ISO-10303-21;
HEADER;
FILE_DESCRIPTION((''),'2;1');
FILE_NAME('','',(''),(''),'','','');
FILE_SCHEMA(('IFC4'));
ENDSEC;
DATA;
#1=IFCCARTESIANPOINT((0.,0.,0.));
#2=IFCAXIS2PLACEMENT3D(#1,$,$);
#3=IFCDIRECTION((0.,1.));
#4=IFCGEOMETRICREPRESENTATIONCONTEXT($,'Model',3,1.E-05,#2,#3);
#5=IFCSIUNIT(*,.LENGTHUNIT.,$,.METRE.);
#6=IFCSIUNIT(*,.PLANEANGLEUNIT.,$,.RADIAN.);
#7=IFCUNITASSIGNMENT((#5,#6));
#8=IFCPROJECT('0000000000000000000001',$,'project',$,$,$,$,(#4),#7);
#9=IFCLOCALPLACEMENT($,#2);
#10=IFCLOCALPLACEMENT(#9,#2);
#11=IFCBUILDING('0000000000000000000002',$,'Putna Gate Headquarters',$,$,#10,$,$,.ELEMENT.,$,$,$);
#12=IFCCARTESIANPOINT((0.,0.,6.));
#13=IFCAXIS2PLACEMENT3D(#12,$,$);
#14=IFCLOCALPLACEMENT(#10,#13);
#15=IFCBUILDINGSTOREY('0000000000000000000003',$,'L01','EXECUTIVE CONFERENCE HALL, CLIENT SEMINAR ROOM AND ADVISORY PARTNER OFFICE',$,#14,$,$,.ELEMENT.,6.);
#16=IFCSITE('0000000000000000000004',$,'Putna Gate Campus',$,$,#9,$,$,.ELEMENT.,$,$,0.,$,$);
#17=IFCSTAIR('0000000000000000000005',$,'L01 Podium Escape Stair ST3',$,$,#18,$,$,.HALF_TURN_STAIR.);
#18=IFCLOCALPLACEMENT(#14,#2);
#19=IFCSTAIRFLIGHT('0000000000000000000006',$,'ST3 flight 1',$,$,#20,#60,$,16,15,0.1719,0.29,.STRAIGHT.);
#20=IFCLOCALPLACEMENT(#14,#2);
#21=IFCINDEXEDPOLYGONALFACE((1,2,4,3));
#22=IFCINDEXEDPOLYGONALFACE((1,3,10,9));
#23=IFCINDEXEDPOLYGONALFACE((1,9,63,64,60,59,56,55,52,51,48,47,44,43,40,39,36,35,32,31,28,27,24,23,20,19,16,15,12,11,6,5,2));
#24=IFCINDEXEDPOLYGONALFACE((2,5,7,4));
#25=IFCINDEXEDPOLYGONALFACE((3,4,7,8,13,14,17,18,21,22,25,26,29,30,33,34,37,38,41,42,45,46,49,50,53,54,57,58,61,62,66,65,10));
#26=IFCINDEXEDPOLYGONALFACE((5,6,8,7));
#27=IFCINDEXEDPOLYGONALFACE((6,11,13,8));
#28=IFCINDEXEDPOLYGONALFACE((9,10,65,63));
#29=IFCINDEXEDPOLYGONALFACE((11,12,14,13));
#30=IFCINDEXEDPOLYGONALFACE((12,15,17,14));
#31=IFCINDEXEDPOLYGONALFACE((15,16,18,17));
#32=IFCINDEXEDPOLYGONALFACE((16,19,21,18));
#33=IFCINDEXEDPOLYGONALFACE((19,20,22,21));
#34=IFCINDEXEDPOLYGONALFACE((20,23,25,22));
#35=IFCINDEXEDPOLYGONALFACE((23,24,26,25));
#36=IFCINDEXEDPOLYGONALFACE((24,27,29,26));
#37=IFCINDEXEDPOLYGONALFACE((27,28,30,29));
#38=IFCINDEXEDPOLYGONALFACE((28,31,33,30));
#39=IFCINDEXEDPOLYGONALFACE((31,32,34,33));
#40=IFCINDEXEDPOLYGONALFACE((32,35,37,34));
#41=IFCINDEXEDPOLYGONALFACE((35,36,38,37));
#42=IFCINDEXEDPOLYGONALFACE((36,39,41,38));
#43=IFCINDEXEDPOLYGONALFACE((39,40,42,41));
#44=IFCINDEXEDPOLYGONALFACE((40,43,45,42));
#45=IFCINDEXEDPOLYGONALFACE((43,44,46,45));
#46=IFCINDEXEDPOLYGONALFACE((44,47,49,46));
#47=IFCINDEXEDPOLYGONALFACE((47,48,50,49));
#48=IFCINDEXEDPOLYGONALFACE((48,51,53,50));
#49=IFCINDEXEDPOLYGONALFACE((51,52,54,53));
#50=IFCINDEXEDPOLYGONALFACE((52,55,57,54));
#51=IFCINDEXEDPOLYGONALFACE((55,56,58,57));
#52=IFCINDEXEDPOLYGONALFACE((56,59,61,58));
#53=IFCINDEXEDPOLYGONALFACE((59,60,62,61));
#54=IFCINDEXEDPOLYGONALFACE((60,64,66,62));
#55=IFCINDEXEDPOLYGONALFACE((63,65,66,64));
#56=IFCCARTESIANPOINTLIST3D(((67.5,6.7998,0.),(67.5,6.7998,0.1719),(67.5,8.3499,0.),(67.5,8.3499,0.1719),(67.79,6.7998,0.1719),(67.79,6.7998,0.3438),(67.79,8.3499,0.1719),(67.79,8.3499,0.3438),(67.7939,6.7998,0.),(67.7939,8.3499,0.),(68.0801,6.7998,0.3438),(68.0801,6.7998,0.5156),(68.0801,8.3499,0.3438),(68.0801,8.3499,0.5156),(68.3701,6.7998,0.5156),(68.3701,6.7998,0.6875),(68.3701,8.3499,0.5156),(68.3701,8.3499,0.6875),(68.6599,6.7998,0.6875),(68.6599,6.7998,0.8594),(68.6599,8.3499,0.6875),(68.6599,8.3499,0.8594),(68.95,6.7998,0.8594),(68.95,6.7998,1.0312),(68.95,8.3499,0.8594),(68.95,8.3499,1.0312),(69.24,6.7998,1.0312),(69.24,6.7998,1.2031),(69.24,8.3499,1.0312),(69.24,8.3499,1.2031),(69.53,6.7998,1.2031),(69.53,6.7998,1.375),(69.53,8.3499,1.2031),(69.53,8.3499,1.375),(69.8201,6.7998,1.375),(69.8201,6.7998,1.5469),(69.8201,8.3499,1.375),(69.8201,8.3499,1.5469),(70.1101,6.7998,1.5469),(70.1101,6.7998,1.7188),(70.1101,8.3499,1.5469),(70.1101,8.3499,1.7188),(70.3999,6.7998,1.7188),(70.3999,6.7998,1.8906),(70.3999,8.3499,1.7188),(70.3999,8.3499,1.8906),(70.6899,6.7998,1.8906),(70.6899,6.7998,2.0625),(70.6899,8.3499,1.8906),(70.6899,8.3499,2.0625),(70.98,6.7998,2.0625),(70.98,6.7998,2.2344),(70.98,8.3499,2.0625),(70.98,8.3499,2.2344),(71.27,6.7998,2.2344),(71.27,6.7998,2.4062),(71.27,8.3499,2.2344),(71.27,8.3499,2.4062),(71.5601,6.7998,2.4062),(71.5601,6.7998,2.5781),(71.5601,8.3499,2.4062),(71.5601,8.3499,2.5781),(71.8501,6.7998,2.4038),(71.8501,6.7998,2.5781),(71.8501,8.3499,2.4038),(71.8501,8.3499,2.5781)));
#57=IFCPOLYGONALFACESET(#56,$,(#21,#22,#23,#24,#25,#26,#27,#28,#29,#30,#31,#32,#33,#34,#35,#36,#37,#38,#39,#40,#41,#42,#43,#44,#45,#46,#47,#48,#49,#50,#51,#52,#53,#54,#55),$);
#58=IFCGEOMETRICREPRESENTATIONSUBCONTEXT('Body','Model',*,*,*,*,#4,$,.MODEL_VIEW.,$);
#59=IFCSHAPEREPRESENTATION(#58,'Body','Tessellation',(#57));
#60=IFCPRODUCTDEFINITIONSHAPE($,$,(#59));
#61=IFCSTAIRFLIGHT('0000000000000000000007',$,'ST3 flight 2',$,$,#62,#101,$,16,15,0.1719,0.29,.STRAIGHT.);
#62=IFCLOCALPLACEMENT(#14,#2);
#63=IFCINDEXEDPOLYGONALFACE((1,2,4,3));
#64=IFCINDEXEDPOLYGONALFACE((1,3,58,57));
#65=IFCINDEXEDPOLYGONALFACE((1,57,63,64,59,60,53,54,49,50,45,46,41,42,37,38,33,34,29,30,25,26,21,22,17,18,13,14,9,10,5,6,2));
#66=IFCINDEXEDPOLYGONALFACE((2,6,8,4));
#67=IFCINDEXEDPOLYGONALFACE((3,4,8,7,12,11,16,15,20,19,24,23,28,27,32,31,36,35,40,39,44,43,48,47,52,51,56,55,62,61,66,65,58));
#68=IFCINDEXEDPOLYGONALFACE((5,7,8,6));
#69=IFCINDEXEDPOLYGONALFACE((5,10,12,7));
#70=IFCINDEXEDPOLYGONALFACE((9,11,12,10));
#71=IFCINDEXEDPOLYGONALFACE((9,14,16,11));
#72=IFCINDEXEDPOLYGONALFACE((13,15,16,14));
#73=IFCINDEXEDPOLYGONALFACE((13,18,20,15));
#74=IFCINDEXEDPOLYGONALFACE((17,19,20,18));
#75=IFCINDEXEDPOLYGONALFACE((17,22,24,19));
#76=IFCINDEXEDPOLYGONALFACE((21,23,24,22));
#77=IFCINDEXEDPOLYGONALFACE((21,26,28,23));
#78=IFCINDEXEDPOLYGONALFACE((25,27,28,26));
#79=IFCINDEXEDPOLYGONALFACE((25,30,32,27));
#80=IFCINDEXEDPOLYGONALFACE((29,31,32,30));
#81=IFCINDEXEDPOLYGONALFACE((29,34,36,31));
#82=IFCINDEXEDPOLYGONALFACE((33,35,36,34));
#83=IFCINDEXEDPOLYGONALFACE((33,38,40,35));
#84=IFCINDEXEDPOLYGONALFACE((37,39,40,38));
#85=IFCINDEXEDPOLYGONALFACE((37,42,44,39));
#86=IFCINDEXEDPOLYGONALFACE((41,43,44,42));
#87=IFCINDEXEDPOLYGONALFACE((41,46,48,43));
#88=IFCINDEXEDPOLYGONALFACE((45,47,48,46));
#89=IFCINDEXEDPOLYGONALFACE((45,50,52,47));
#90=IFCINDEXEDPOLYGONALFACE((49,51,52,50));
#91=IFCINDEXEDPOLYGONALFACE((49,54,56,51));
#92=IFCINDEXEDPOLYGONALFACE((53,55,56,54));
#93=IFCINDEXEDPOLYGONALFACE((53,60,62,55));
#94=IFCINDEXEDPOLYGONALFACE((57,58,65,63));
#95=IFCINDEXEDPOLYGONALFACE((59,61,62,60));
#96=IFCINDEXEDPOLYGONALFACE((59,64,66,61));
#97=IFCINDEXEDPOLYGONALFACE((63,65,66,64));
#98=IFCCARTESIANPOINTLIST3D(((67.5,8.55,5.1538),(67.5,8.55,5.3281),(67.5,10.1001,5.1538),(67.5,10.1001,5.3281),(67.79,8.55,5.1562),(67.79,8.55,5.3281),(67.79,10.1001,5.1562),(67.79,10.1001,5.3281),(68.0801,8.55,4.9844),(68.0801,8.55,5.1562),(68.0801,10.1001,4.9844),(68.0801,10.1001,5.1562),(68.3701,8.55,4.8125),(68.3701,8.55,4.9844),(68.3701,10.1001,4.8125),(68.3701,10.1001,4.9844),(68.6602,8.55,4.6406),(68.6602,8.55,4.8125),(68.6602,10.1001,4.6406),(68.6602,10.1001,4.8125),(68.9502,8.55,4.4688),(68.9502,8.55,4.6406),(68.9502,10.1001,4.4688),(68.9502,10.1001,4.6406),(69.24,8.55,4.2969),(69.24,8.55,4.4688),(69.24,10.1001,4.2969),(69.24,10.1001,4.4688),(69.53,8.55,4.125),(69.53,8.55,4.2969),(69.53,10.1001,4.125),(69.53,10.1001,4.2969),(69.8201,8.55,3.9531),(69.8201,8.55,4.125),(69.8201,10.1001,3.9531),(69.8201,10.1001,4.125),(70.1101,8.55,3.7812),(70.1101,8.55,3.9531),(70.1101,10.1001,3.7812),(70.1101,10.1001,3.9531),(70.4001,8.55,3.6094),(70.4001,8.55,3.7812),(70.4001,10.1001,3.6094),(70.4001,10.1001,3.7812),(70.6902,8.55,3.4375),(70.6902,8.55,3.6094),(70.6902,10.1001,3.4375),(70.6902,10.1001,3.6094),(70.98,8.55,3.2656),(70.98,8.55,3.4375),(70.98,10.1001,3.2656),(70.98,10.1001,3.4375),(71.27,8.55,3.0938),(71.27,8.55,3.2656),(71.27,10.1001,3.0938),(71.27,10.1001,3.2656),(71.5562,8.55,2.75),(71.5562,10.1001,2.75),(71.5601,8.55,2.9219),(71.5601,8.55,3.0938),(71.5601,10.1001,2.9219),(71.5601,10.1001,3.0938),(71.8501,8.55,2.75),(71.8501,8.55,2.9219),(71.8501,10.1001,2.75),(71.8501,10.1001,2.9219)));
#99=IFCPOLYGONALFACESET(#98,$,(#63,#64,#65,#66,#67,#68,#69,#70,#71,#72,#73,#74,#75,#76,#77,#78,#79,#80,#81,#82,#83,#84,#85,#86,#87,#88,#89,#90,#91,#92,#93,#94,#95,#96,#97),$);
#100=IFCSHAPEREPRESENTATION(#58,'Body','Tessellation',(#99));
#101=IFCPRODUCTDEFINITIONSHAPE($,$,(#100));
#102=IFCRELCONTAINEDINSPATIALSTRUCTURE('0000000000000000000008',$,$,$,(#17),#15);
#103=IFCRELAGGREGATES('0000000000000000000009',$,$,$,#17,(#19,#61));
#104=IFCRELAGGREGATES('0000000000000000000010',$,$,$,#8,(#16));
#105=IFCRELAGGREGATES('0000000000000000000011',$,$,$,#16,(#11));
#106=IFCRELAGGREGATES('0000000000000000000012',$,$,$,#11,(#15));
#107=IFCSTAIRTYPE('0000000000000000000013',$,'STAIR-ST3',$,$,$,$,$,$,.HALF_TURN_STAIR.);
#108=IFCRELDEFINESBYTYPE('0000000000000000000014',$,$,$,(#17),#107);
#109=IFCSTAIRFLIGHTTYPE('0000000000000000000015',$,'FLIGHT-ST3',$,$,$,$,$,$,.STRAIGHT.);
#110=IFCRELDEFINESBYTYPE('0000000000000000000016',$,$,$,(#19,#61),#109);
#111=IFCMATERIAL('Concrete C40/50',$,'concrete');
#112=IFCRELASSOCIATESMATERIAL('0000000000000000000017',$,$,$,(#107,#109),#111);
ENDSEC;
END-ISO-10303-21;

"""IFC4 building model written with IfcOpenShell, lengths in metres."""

from ifc_helpers import new_model, si_unit, direction, frame, origin, place, context, subcontext, project, spatial, polyline, outline, extrude, material, type_object, element, aggregate, save


model = new_model("IFC4")

# Units and contexts
model_context = context("Model", 3, precision=1e-05, world=origin(), true_north=direction((0.0, 1.0)))
body_context = subcontext(model_context, "Body", "Model", "MODEL_VIEW")
ifc_project = project(units=[si_unit("LENGTHUNIT", "METRE"), si_unit("PLANEANGLEUNIT", "RADIAN")], contexts=[model_context])

# Site, building, storey
site_placement = place(None, origin())
site = spatial("IfcSite", under=ifc_project, at=site_placement, Name="Putna Gate Campus", CompositionType="ELEMENT", RefElevation=0.0)
building_placement = place(site_placement, origin())
building = spatial("IfcBuilding", under=site, at=building_placement, Name="Putna Gate Headquarters", CompositionType="ELEMENT")
storey_placement = place(building_placement, frame((0.0, 0.0, 6.0)))
storey = spatial("IfcBuildingStorey", under=building, at=storey_placement, Name="L01", Description="EXECUTIVE CONFERENCE HALL, CLIENT SEMINAR ROOM AND ADVISORY PARTNER OFFICE", CompositionType="ELEMENT", Elevation=6.0)

# Shared definitions
ifc_material_1 = material(Name="Concrete C40/50", Category="concrete")

# Stair, stair flights
stair_type = type_object("IfcStairType", Name="STAIR-ST3", PredefinedType="HALF_TURN_STAIR", material=ifc_material_1)
stair_placement = place(storey_placement, origin())
stair = element("IfcStair", 1, at=stair_placement, inside=storey, type_object=stair_type, Name="L01 Podium Escape Stair ST3", PredefinedType="HALF_TURN_STAIR")
stair_flight_type = type_object("IfcStairFlightType", Name="FLIGHT-ST3", PredefinedType="STRAIGHT", material=ifc_material_1)
stair_flight_1_placement = place(storey_placement, frame((67.5, 7.575, 0.0), z_axis=(0.0, 0.0, 1.0), x_axis=(1.0, 0.0, 0.0)))
stair_flight_1 = element("IfcStairFlight", 2, at=stair_flight_1_placement, type_object=stair_flight_type, Name="ST3 flight 1", NumberOfRisers=16, NumberOfTreads=15, PredefinedType="STRAIGHT", RiserHeight=0.1719, TreadLength=0.29, context=body_context, shape_type="SweptSolid", body=[
    extrude(outline(polyline([(0.0, 0.0), (0.0, 0.1719), (0.29, 0.1719), (0.29, 0.3438), (0.5801, 0.3438), (0.5801, 0.5156), (0.8701, 0.5156), (0.8701, 0.6875), (1.1599, 0.6875), (1.1599, 0.8594), (1.45, 0.8594), (1.45, 1.0312), (1.74, 1.0312), (1.74, 1.2031), (2.03, 1.2031), (2.03, 1.375), (2.3201, 1.375), (2.3201, 1.5469), (2.6101, 1.5469), (2.6101, 1.7188), (2.8999, 1.7188), (2.8999, 1.8906), (3.1899, 1.8906), (3.1899, 2.0625), (3.48, 2.0625), (3.48, 2.2344), (3.77, 2.2344), (3.77, 2.4062), (4.0601, 2.4062), (4.0601, 2.5781), (4.3501, 2.5781), (4.3501, 2.75), (4.3501, 2.4038), (0.2939, 0.0), (0.0, 0.0)])), frame((0.0, 0.7749, 0.0), z_axis=(0.0, -1.0, 0.0), x_axis=(1.0, 0.0, 0.0)), (0.0, 0.0, 1.0), 1.55),
])
stair_flight_2_placement = place(storey_placement, frame((71.8501, 9.325, 2.75), z_axis=(0.0, 0.0, 1.0), x_axis=(-1.0, 0.0, 0.0)))
stair_flight_2 = element("IfcStairFlight", 3, at=stair_flight_2_placement, type_object=stair_flight_type, Name="ST3 flight 2", NumberOfRisers=16, NumberOfTreads=15, PredefinedType="STRAIGHT", RiserHeight=0.1719, TreadLength=0.29, context=body_context, shape_type="SweptSolid", body=[
    extrude(outline(polyline([(0.0, 0.0), (0.0, 0.1719), (0.29, 0.1719), (0.29, 0.3438), (0.5801, 0.3438), (0.5801, 0.5156), (0.8701, 0.5156), (0.8701, 0.6875), (1.1599, 0.6875), (1.1599, 0.8594), (1.45, 0.8594), (1.45, 1.0312), (1.74, 1.0312), (1.74, 1.2031), (2.03, 1.2031), (2.03, 1.375), (2.3201, 1.375), (2.3201, 1.5469), (2.6101, 1.5469), (2.6101, 1.7188), (2.8999, 1.7188), (2.8999, 1.8906), (3.1899, 1.8906), (3.1899, 2.0625), (3.48, 2.0625), (3.48, 2.2344), (3.77, 2.2344), (3.77, 2.4062), (4.0601, 2.4062), (4.0601, 2.5781), (4.3501, 2.5781), (4.3501, 2.75), (4.3501, 2.4038), (0.2939, 0.0), (0.0, 0.0)])), frame((0.0, 0.7749, 0.0), z_axis=(0.0, -1.0, 0.0), x_axis=(1.0, 0.0, 0.0)), (0.0, 0.0, 1.0), 1.55),
])
aggregate(stair, [stair_flight_1, stair_flight_2])

save(model, "model.ifc")
